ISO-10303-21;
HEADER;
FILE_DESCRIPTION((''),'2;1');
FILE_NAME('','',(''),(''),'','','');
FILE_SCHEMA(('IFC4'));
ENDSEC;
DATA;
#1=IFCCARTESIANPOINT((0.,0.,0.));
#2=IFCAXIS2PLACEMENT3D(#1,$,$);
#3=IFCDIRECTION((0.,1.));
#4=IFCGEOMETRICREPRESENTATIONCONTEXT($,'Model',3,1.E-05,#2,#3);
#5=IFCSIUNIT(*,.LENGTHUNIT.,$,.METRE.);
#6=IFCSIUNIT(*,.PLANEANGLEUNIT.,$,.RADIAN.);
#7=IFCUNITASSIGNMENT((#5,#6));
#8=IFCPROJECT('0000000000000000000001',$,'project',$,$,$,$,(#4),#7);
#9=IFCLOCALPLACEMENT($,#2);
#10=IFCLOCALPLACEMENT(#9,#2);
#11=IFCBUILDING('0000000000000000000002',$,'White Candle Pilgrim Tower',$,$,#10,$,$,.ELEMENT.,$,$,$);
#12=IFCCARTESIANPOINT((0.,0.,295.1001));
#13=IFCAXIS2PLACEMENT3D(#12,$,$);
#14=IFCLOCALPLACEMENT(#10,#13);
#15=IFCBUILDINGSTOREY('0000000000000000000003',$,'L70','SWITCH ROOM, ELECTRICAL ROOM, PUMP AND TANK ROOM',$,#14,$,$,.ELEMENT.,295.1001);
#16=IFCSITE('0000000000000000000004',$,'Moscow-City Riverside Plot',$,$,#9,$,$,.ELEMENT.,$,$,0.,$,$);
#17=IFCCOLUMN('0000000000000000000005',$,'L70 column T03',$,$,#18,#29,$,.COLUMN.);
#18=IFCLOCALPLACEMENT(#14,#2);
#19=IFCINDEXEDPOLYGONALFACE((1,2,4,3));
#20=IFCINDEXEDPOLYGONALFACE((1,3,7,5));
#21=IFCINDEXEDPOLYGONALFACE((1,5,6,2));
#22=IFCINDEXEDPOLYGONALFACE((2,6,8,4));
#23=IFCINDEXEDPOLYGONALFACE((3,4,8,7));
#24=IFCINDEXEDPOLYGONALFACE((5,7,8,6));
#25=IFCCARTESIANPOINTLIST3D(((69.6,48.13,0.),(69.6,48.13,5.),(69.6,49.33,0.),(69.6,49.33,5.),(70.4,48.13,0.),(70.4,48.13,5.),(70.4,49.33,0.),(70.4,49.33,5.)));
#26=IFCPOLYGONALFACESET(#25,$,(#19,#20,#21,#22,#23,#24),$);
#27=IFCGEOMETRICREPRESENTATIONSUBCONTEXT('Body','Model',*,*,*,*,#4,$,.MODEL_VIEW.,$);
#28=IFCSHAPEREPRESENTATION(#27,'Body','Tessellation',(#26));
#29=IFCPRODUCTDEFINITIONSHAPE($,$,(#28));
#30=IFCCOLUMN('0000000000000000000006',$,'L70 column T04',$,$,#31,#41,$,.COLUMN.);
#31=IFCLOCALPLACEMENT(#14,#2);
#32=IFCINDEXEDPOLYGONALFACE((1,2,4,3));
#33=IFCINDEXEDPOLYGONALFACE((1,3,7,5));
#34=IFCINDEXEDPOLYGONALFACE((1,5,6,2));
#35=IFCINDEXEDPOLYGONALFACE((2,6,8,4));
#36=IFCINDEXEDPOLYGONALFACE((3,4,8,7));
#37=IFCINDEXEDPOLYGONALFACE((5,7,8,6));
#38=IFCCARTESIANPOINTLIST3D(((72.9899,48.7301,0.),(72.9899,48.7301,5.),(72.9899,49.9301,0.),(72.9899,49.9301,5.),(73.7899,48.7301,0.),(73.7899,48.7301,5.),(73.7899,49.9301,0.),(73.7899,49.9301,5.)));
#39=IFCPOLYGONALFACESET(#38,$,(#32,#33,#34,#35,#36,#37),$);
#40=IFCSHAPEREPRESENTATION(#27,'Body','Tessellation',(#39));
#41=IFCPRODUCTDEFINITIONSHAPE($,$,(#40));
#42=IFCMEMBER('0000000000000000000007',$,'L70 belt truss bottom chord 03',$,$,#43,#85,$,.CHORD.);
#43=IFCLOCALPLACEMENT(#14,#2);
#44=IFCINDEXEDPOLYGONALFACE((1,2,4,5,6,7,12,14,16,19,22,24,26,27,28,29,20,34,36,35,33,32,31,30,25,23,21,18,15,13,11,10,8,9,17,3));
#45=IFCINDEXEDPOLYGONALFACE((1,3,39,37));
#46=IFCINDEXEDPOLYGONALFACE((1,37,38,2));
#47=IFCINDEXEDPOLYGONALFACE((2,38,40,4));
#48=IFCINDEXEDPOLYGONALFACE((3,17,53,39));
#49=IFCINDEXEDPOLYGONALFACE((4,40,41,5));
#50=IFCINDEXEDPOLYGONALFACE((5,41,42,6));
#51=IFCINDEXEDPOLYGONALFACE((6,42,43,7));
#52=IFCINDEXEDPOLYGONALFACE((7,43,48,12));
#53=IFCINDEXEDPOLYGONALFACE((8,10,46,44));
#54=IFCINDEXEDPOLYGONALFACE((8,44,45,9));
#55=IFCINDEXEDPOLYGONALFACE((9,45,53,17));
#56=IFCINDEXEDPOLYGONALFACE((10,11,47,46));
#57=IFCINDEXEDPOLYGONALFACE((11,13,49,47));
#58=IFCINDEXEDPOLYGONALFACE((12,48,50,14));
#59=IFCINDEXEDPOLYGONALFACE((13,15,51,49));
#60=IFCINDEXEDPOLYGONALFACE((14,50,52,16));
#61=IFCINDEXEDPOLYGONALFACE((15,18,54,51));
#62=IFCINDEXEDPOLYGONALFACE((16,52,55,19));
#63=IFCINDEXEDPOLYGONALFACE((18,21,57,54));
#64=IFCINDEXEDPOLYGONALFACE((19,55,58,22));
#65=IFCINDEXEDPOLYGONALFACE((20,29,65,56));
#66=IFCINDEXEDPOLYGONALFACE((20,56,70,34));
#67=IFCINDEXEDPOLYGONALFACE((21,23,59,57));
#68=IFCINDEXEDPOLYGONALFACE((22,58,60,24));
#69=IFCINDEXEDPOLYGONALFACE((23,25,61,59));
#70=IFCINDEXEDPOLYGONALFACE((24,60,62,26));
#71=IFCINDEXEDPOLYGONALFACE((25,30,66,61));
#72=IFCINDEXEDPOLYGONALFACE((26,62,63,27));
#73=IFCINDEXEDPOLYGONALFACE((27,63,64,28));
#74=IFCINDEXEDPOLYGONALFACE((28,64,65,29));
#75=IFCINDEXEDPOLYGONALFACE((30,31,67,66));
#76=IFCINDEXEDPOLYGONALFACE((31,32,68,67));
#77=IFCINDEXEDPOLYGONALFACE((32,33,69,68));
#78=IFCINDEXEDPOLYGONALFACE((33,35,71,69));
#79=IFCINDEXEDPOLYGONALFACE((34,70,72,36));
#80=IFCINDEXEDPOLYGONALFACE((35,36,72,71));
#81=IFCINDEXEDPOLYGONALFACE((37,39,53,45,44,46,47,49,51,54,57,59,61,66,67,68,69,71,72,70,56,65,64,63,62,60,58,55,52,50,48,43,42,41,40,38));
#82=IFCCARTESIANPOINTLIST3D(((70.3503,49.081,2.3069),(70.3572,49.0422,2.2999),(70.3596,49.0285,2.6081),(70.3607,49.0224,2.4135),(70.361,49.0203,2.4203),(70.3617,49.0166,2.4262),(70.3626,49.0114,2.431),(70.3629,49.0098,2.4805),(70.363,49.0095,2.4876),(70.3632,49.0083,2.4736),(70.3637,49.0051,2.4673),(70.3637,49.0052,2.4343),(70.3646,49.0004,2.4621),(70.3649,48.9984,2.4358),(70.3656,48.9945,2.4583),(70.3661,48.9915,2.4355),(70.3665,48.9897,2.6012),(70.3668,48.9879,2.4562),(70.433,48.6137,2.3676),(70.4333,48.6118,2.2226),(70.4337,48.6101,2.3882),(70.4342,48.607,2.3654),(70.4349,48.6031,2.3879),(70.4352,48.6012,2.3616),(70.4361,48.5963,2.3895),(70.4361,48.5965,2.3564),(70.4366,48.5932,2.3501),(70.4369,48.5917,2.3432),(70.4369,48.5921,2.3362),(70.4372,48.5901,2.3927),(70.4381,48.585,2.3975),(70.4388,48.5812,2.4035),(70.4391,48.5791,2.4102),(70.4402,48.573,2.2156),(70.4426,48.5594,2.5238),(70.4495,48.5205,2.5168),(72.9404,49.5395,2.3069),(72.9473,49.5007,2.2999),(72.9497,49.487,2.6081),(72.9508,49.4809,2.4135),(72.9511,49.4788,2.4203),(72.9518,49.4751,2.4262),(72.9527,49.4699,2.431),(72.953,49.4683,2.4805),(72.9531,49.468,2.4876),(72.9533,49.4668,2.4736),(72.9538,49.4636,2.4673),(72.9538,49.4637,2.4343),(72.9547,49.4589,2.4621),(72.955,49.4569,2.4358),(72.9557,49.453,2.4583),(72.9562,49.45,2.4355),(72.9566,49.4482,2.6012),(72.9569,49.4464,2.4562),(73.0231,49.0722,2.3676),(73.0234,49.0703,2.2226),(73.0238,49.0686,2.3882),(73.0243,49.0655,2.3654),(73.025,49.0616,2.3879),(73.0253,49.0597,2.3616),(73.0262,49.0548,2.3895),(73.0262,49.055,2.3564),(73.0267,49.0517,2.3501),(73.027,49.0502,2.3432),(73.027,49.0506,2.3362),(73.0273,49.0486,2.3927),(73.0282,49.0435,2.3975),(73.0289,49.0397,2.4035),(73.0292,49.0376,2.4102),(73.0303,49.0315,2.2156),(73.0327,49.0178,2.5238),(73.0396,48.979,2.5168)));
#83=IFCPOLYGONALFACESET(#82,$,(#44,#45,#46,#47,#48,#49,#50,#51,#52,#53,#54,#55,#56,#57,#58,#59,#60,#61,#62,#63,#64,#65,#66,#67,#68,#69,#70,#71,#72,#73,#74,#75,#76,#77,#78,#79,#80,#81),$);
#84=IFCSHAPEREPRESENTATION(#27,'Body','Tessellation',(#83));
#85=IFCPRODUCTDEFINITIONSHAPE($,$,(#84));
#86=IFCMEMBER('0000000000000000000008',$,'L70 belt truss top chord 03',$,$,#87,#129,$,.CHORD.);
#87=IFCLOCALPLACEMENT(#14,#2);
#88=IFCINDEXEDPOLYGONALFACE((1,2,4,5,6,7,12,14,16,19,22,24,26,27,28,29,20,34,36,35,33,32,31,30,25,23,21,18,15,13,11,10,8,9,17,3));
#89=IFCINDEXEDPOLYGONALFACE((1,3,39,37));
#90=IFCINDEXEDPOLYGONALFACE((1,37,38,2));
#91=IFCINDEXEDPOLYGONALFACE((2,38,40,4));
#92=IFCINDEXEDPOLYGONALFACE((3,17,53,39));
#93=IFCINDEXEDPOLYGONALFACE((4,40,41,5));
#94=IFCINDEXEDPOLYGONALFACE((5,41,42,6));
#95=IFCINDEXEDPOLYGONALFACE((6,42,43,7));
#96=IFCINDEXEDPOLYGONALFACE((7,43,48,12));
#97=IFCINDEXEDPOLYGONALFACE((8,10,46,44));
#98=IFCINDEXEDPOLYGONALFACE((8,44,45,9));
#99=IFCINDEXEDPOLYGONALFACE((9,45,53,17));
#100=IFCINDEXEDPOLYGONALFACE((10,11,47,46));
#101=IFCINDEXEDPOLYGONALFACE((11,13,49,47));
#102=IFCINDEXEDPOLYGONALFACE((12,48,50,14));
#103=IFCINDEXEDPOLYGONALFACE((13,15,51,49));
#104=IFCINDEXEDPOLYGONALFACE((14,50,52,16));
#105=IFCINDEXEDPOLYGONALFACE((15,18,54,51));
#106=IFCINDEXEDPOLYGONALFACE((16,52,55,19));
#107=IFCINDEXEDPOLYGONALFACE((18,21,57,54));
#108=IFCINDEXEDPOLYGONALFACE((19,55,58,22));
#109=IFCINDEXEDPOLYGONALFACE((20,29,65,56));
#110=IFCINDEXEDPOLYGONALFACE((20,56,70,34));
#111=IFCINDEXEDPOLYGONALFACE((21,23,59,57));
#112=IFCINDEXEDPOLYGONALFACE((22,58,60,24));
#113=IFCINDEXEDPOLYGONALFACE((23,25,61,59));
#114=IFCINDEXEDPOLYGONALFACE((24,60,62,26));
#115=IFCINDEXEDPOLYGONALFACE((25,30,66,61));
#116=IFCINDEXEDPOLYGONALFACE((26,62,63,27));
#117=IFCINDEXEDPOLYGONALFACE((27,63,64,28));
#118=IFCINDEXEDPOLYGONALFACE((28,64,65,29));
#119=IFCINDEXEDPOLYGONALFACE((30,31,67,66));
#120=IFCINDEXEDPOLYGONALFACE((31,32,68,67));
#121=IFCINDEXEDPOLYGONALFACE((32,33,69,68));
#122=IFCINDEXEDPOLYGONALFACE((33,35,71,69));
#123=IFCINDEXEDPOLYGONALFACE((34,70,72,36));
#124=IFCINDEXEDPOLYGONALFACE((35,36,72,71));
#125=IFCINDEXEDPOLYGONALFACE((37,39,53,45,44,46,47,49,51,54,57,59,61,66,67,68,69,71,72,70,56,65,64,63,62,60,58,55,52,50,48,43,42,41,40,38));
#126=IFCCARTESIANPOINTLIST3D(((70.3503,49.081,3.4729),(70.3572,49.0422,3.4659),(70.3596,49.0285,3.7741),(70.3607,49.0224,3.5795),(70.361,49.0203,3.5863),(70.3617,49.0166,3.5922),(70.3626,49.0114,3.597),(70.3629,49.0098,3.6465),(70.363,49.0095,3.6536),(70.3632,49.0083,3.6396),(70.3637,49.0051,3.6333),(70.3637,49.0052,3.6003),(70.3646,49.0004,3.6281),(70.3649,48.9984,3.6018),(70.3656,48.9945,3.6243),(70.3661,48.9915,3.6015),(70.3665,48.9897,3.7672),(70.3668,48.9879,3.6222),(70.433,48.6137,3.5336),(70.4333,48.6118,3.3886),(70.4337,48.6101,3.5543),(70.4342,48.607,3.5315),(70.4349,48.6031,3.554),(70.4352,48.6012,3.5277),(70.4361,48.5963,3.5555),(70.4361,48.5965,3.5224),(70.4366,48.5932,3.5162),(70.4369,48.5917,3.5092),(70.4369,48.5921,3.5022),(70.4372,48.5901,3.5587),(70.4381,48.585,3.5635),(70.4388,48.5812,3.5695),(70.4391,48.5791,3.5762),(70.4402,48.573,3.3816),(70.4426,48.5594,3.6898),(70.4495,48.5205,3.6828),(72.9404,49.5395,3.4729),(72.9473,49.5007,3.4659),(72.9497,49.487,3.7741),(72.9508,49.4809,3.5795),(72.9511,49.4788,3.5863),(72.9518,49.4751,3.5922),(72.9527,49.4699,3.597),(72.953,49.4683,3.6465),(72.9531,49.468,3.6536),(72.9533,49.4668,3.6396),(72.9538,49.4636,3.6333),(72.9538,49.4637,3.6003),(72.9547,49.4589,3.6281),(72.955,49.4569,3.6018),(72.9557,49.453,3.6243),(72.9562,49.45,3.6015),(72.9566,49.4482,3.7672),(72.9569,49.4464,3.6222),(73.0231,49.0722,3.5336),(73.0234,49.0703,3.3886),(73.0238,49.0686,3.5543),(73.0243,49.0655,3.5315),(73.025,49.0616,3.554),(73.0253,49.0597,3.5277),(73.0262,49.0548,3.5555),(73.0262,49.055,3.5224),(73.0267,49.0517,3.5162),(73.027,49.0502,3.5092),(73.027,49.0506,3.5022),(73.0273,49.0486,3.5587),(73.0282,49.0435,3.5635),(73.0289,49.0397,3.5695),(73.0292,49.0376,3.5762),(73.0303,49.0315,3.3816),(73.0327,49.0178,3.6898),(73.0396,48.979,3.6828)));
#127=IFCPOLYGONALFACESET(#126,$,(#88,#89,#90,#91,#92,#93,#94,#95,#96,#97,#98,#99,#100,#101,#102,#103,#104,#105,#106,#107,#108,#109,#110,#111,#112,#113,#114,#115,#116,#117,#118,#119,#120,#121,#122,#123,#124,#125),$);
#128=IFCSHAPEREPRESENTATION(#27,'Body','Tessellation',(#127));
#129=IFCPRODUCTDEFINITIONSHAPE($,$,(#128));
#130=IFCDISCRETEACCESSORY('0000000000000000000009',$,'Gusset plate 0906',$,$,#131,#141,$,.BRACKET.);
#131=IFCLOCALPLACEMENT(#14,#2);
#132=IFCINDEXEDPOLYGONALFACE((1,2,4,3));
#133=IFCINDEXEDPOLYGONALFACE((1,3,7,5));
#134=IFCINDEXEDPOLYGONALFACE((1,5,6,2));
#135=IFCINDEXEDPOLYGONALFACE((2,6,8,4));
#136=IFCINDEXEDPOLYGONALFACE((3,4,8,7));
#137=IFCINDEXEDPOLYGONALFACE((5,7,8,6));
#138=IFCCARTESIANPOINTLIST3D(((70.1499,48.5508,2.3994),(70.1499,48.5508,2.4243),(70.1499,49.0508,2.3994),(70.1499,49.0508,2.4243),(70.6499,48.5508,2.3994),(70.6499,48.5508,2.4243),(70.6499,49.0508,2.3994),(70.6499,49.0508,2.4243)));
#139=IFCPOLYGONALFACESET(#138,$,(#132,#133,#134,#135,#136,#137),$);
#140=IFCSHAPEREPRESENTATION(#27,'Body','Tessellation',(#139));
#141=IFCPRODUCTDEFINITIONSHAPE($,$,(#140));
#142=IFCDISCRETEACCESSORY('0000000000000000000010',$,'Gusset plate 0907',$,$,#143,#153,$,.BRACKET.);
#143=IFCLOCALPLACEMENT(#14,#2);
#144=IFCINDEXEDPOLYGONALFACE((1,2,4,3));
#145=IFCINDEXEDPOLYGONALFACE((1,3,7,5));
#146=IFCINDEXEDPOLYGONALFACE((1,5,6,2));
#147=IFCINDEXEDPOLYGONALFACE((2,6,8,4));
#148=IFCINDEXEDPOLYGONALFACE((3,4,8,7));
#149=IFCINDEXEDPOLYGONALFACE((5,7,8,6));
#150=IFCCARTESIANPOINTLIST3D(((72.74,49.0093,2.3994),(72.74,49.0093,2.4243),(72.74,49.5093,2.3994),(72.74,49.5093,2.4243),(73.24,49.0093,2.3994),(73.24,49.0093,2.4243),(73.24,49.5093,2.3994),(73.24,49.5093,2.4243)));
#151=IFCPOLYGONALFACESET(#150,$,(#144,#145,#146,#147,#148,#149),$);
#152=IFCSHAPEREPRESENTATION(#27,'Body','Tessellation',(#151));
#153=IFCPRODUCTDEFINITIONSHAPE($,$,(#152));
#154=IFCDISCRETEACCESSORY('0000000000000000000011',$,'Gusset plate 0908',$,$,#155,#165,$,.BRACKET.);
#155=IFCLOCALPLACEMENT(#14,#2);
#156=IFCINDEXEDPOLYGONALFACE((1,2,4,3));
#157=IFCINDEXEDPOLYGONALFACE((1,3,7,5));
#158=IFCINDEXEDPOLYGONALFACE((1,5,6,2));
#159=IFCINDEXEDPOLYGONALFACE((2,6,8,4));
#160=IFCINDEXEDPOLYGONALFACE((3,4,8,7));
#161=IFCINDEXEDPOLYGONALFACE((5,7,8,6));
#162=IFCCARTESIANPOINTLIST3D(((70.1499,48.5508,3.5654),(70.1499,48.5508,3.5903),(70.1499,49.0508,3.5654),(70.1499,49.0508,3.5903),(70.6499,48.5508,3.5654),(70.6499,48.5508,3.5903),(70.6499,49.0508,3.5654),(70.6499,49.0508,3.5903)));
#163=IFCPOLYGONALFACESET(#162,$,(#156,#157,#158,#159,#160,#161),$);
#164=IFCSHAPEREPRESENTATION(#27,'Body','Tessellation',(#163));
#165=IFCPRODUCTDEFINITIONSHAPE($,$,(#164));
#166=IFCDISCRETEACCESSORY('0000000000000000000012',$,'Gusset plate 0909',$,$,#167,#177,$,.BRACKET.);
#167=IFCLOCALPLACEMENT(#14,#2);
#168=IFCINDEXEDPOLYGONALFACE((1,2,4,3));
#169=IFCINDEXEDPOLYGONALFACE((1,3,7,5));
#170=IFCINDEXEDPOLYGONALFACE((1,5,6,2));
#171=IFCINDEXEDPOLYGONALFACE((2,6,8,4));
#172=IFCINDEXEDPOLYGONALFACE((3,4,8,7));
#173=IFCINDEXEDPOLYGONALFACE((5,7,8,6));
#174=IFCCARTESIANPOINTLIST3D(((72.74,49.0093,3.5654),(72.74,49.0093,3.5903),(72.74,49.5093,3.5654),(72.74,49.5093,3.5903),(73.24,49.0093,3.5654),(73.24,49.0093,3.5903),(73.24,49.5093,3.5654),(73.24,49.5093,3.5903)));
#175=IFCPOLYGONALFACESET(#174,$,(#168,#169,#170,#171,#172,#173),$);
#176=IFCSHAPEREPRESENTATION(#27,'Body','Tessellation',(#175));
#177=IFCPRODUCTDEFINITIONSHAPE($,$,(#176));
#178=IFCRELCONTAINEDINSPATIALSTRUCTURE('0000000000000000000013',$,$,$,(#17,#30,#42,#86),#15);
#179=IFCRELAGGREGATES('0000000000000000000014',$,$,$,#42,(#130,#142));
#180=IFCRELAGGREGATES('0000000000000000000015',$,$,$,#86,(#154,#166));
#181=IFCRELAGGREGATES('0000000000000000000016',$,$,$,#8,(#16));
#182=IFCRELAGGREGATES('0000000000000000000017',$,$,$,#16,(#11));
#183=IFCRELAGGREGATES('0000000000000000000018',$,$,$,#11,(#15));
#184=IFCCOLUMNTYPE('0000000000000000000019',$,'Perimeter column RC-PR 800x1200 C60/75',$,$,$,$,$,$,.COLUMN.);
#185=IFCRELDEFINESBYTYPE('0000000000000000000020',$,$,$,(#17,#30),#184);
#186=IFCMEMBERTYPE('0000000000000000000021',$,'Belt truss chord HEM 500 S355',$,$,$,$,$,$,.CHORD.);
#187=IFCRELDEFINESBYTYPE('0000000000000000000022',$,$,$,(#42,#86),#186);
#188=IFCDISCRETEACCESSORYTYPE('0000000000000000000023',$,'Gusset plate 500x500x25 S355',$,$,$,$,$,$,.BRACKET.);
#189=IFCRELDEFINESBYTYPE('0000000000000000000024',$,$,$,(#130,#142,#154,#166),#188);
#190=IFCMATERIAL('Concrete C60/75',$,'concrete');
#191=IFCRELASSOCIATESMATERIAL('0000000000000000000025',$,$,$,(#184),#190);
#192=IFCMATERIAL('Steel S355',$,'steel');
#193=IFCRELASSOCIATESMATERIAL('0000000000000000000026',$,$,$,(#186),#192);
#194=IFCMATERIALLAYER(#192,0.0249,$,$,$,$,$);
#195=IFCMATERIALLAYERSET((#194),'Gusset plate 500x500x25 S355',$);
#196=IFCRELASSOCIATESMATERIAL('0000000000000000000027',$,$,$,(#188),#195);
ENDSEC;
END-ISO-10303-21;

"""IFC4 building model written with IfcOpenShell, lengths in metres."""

from ifc_helpers import new_model, si_unit, direction, frame, origin, origin_2d, place, context, subcontext, project, spatial, rectangle, i_section, extrude, material, layer, layer_set, material_profile, profile_set, type_object, element, aggregate, save


model = new_model("IFC4")

# Units and contexts
model_context = context("Model", 3, precision=1e-05, world=origin(), true_north=direction((0.0, 1.0)))
body_context = subcontext(model_context, "Body", "Model", "MODEL_VIEW")
ifc_project = project(units=[si_unit("LENGTHUNIT", "METRE"), si_unit("PLANEANGLEUNIT", "RADIAN")], contexts=[model_context])

# Site, building, storey
site_placement = place(None, origin())
site = spatial("IfcSite", under=ifc_project, at=site_placement, Name="Moscow-City Riverside Plot", CompositionType="ELEMENT", RefElevation=0.0)
building_placement = place(site_placement, origin())
building = spatial("IfcBuilding", under=site, at=building_placement, Name="White Candle Pilgrim Tower", CompositionType="ELEMENT")
storey_placement = place(building_placement, frame((0.0, 0.0, 295.1001)))
storey = spatial("IfcBuildingStorey", under=building, at=storey_placement, Name="L70", Description="SWITCH ROOM, ELECTRICAL ROOM, PUMP AND TANK ROOM", CompositionType="ELEMENT", Elevation=295.1001)

# Columns
ifc_material_1 = material(Name="Concrete C60/75", Category="concrete")
ifc_material_profile_1 = material_profile(ifc_material_1, rectangle(XDim=0.8, YDim=1.2, at=origin_2d()), Name="RC-PR 800x1200")
ifc_profile_set_1 = profile_set([ifc_material_profile_1], Name="Concrete C60/75")
column_type = type_object("IfcColumnType", Name="Perimeter column RC-PR 800x1200 C60/75", PredefinedType="COLUMN", material=ifc_profile_set_1)
for number, where, z_axis, x_axis, name in (
    (1, (70.0, 48.73, 0.0), (0.0, 0.0, 1.0), (-1.0, 0.0, 0.0), "L70 column T03"),
    (2, (73.3899, 49.3301, 0.0), (0.0, 0.0, 1.0), (-1.0, 0.0, 0.0), "L70 column T04"),
):
    element("IfcColumn", number, at=place(storey_placement, frame(where, z_axis=z_axis, x_axis=x_axis)), inside=storey, type_object=column_type, Name=name, PredefinedType="COLUMN", context=body_context, shape_type="SweptSolid", body=[
        extrude(rectangle(XDim=0.8, YDim=1.2, at=origin_2d()), origin(), (0.0, 0.0, 1.0), 5.0),
    ])

# Members
ifc_material_2 = material(Name="Steel S355", Category="steel")
ifc_material_profile_2 = material_profile(ifc_material_2, i_section(OverallWidth=0.3059, OverallDepth=0.5239, WebThickness=0.021, FlangeThickness=0.04, FilletRadius=0.0271, at=origin_2d()), Name="HEM 500")
ifc_profile_set_2 = profile_set([ifc_material_profile_2], Name="Steel S355")
member_type_1 = type_object("IfcMemberType", Name="Belt truss chord HEM 500 S355", PredefinedType="CHORD", material=ifc_profile_set_2)
member_1_placement = place(storey_placement, frame((70.3999, 48.8008, 2.4119), z_axis=(0.984691, 0.17431, 0.0), x_axis=(0.030379, -0.171612, 0.984696)))
member_1 = element("IfcMember", 3, at=member_1_placement, inside=storey, type_object=member_type_1, Name="L70 belt truss bottom chord 03", PredefinedType="CHORD", context=body_context, shape_type="SweptSolid", body=[
    extrude(i_section(OverallWidth=0.3059, OverallDepth=0.5239, WebThickness=0.021, FlangeThickness=0.04, FilletRadius=0.0271, at=origin_2d()), origin(), (0.0, 0.0, 1.0), 2.6304),
])
member_2_placement = place(storey_placement, frame((70.3999, 48.8008, 3.5779), z_axis=(0.984691, 0.17431, 0.0), x_axis=(0.030379, -0.171612, 0.984696)))
member_2 = element("IfcMember", 4, at=member_2_placement, inside=storey, type_object=member_type_1, Name="L70 belt truss top chord 03", PredefinedType="CHORD", context=body_context, shape_type="SweptSolid", body=[
    extrude(i_section(OverallWidth=0.3059, OverallDepth=0.5239, WebThickness=0.021, FlangeThickness=0.04, FilletRadius=0.0271, at=origin_2d()), origin(), (0.0, 0.0, 1.0), 2.6304),
])

# Discrete accessories
ifc_layer_1 = layer(ifc_material_2, 0.0249)
ifc_layer_set_1 = layer_set([ifc_layer_1], Name="Gusset plate 500x500x25 S355")
discrete_accessory_type = type_object("IfcDiscreteAccessoryType", Name="Gusset plate 500x500x25 S355", PredefinedType="BRACKET", material=ifc_layer_set_1)
discrete_accessory_1_placement = place(storey_placement, frame((70.3999, 48.8008, 2.3994), z_axis=(0.0, 0.0, 1.0), x_axis=(1.0, 0.0, 0.0)))
discrete_accessory_1 = element("IfcDiscreteAccessory", 5, at=discrete_accessory_1_placement, type_object=discrete_accessory_type, Name="Gusset plate 0906", PredefinedType="BRACKET", context=body_context, shape_type="SweptSolid", body=[
    extrude(rectangle(XDim=0.5, YDim=0.5, at=origin_2d()), origin(), (0.0, 0.0, 1.0), 0.0249),
])
discrete_accessory_2_placement = place(storey_placement, frame((72.99, 49.2593, 2.3994), z_axis=(0.0, 0.0, 1.0), x_axis=(1.0, 0.0, 0.0)))
discrete_accessory_2 = element("IfcDiscreteAccessory", 6, at=discrete_accessory_2_placement, type_object=discrete_accessory_type, Name="Gusset plate 0907", PredefinedType="BRACKET", context=body_context, shape_type="SweptSolid", body=[
    extrude(rectangle(XDim=0.5, YDim=0.5, at=origin_2d()), origin(), (0.0, 0.0, 1.0), 0.0249),
])
aggregate(member_1, [discrete_accessory_1, discrete_accessory_2])
discrete_accessory_3_placement = place(storey_placement, frame((70.3999, 48.8008, 3.5654), z_axis=(0.0, 0.0, 1.0), x_axis=(1.0, 0.0, 0.0)))
discrete_accessory_3 = element("IfcDiscreteAccessory", 7, at=discrete_accessory_3_placement, type_object=discrete_accessory_type, Name="Gusset plate 0908", PredefinedType="BRACKET", context=body_context, shape_type="SweptSolid", body=[
    extrude(rectangle(XDim=0.5, YDim=0.5, at=origin_2d()), origin(), (0.0, 0.0, 1.0), 0.0249),
])
discrete_accessory_4_placement = place(storey_placement, frame((72.99, 49.2593, 3.5654), z_axis=(0.0, 0.0, 1.0), x_axis=(1.0, 0.0, 0.0)))
discrete_accessory_4 = element("IfcDiscreteAccessory", 8, at=discrete_accessory_4_placement, type_object=discrete_accessory_type, Name="Gusset plate 0909", PredefinedType="BRACKET", context=body_context, shape_type="SweptSolid", body=[
    extrude(rectangle(XDim=0.5, YDim=0.5, at=origin_2d()), origin(), (0.0, 0.0, 1.0), 0.0249),
])
aggregate(member_2, [discrete_accessory_3, discrete_accessory_4])

save(model, "model.ifc")
